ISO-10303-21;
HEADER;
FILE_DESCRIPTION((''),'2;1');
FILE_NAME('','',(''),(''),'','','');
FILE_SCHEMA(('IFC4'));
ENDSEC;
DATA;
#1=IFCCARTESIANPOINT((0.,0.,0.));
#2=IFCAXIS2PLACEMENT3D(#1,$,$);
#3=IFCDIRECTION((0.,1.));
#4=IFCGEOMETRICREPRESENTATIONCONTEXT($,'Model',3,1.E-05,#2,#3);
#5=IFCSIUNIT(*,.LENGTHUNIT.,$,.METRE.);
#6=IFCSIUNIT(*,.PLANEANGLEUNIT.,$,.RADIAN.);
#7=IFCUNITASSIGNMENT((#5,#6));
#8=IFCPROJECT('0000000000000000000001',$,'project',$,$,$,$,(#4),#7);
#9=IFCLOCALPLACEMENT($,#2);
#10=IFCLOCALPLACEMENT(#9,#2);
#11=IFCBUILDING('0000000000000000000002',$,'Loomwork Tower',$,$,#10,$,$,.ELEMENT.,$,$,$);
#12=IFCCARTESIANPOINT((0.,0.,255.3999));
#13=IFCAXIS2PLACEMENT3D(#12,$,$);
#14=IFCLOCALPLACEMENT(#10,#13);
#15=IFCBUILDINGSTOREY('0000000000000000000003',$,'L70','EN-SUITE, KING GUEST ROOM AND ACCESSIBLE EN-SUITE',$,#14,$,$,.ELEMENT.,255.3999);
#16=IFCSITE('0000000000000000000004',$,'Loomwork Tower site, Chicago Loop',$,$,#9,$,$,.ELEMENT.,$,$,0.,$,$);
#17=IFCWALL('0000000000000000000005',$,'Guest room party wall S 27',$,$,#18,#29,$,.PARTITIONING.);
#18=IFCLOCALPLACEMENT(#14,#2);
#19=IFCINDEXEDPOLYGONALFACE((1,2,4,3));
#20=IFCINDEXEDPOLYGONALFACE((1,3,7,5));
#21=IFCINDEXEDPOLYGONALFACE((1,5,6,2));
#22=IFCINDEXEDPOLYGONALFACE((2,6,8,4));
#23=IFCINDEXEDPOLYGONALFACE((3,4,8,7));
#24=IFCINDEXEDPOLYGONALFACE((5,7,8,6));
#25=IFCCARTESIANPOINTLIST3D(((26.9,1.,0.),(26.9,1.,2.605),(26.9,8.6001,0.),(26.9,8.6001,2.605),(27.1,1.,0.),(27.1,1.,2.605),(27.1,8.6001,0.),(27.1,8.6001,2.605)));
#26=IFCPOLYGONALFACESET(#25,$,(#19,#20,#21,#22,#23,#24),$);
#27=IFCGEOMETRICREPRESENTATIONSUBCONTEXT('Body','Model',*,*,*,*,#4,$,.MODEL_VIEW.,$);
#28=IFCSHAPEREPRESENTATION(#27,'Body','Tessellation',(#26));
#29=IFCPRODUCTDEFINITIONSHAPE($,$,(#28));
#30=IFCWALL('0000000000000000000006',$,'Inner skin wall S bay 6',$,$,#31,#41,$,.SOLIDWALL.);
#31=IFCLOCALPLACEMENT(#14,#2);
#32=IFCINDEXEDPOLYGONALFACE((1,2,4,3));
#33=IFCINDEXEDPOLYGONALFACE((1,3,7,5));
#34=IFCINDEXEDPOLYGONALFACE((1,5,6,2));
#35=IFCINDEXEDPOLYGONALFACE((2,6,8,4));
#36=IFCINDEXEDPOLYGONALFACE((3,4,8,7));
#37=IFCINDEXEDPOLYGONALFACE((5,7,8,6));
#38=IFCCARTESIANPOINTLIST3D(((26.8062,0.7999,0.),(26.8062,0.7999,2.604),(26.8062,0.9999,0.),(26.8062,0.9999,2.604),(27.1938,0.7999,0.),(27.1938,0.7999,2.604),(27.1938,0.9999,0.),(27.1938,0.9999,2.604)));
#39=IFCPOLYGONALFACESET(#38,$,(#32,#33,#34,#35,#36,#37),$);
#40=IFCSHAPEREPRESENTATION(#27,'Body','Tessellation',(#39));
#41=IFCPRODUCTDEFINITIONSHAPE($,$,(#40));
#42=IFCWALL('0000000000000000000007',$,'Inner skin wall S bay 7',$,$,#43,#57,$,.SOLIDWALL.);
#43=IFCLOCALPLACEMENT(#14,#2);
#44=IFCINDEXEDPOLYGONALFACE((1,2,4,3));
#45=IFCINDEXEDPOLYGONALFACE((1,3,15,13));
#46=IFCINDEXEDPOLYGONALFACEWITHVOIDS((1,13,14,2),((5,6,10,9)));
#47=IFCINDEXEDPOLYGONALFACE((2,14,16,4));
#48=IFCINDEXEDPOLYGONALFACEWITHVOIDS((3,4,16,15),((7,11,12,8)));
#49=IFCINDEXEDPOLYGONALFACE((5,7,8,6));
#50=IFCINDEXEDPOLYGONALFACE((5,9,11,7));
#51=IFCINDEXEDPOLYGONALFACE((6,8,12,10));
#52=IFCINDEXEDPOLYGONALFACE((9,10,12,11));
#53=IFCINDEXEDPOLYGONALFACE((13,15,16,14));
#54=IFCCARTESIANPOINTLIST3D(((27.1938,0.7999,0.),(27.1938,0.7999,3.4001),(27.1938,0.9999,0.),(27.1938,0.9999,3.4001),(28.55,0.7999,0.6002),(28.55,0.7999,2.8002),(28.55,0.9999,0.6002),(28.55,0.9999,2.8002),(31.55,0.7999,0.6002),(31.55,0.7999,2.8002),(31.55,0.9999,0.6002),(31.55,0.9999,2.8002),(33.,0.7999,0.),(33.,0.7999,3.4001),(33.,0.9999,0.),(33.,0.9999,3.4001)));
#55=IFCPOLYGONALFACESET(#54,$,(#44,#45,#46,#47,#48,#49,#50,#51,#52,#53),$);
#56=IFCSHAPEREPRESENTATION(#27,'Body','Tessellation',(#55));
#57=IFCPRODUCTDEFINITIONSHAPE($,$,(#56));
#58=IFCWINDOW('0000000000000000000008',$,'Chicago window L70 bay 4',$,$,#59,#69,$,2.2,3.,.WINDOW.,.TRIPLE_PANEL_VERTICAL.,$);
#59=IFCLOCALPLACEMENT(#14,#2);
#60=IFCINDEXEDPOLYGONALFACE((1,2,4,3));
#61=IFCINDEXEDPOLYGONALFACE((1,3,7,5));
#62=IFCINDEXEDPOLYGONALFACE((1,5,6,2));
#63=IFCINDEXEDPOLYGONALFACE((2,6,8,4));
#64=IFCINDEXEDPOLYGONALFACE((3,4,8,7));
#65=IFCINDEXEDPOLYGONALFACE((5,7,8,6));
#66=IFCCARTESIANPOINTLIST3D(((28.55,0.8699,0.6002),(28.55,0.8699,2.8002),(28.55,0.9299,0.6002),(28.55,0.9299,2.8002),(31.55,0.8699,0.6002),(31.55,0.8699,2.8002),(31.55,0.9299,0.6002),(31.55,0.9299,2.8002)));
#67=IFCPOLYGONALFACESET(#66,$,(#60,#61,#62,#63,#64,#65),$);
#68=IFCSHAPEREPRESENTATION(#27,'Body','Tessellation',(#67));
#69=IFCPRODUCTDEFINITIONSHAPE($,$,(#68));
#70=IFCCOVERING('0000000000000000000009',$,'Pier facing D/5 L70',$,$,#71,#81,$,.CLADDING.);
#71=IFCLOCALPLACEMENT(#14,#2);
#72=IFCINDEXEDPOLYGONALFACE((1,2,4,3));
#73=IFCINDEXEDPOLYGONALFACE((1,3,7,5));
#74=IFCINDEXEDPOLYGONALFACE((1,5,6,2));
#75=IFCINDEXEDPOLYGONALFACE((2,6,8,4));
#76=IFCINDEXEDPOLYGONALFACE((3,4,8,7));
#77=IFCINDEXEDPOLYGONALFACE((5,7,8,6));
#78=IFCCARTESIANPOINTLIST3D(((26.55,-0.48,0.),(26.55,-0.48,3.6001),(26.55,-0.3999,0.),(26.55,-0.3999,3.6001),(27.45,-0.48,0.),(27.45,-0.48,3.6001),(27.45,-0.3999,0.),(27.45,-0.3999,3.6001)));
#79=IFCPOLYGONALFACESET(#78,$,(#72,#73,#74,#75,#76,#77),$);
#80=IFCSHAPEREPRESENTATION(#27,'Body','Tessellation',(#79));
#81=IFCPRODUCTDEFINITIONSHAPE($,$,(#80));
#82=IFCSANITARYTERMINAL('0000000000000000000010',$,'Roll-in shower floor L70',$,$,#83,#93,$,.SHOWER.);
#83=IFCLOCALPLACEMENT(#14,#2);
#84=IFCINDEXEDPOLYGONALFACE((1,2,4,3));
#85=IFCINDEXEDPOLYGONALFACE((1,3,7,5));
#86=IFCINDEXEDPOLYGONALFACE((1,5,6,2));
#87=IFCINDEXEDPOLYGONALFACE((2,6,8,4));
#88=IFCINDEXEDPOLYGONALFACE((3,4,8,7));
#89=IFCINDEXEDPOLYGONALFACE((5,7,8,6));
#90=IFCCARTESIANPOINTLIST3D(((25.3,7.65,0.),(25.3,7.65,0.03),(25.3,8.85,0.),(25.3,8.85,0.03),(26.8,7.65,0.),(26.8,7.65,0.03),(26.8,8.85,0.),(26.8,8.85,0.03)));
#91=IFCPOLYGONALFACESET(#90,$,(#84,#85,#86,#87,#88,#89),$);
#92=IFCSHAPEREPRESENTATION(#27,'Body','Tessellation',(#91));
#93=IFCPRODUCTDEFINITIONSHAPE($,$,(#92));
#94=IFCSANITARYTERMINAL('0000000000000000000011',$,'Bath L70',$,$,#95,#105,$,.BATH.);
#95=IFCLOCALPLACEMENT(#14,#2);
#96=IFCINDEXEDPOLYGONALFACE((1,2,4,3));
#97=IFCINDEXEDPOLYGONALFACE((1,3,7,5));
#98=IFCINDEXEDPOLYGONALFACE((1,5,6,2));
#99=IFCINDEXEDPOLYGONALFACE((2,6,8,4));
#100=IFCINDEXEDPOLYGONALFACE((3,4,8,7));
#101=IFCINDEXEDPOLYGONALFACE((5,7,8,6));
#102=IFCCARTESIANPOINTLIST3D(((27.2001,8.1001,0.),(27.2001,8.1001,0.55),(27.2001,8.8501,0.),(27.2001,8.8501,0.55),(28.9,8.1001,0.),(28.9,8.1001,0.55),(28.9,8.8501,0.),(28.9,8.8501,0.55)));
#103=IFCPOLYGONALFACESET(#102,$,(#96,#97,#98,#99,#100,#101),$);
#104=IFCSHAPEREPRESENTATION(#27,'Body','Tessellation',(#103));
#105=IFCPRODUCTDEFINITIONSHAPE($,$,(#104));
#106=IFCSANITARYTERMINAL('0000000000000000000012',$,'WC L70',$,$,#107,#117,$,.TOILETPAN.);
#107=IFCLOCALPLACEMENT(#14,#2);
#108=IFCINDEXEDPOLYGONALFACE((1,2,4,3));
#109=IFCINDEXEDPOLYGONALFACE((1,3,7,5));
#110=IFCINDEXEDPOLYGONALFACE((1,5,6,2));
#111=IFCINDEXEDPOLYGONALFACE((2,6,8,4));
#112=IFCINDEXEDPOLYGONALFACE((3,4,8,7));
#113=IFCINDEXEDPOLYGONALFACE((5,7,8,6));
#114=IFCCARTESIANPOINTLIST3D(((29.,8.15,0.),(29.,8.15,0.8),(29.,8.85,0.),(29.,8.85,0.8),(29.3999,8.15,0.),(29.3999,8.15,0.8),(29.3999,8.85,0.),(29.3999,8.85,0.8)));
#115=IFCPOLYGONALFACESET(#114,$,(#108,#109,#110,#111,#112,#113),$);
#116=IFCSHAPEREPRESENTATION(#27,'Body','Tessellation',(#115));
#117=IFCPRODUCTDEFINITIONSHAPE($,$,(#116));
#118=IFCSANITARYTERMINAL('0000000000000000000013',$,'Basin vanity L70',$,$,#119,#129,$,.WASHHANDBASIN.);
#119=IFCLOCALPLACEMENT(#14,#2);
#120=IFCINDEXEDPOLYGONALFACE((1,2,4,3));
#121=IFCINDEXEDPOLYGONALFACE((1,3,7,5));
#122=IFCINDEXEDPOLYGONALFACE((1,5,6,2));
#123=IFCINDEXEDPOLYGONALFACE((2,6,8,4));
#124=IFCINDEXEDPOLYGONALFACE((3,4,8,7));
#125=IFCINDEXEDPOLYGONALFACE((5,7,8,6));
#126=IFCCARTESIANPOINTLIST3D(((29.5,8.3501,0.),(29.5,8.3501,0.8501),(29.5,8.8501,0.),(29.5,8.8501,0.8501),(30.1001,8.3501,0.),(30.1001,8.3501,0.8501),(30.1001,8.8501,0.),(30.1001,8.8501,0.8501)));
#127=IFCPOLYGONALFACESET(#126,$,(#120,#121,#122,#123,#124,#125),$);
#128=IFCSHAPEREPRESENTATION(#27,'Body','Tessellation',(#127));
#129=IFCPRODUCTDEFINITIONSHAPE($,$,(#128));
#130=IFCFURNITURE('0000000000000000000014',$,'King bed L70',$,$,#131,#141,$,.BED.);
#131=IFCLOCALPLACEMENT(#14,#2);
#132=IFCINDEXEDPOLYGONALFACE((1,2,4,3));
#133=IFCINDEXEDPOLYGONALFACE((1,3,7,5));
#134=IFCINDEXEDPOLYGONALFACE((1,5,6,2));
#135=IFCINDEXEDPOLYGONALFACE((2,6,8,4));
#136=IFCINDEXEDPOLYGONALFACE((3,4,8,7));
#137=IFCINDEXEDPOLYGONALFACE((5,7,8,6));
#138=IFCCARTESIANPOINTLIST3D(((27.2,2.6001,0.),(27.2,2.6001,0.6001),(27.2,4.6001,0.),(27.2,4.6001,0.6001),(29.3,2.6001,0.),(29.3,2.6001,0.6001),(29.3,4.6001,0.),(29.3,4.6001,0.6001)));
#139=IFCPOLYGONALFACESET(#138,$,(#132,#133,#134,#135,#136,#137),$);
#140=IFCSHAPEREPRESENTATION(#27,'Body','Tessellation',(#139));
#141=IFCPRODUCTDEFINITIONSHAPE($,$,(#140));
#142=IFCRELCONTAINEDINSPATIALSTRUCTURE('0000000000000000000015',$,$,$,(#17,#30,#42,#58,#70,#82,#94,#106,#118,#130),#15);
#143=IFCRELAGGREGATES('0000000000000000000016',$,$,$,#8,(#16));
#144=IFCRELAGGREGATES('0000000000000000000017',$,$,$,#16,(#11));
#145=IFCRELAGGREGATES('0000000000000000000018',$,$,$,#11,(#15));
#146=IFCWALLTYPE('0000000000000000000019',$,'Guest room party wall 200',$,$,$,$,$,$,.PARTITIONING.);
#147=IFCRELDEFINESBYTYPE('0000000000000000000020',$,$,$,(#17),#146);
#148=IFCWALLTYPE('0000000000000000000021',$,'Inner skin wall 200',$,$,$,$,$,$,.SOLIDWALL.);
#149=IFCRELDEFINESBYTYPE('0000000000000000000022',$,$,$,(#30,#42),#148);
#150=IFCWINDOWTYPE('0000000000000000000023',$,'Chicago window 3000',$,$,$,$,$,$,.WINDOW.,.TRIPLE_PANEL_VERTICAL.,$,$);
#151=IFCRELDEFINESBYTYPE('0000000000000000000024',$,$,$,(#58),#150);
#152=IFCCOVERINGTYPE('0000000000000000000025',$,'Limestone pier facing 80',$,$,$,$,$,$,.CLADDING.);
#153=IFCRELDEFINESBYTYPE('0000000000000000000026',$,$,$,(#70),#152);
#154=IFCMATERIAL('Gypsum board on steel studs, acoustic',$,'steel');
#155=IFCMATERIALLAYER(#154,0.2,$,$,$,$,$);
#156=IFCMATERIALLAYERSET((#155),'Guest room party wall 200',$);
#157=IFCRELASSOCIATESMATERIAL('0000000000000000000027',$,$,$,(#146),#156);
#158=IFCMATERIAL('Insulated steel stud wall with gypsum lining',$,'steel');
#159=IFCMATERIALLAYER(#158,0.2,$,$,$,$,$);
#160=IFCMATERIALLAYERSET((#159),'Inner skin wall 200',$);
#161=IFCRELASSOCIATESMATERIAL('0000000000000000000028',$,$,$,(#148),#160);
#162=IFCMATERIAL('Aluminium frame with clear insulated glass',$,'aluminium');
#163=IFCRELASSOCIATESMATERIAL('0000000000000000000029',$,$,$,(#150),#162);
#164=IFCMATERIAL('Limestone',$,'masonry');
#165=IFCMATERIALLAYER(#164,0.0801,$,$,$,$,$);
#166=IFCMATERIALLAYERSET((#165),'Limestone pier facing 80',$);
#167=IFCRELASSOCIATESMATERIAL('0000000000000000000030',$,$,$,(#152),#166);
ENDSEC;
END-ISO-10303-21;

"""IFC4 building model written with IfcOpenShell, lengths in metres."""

from ifc_helpers import new_model, si_unit, direction, frame, frame_2d, origin, origin_2d, place, context, subcontext, project, spatial, rectangle, extrude, material, layer, layer_set, type_object, element, fill, save


model = new_model("IFC4")

# Units and contexts
model_context = context("Model", 3, precision=1e-05, world=origin(), true_north=direction((0.0, 1.0)))
body_context = subcontext(model_context, "Body", "Model", "MODEL_VIEW")
ifc_project = project(units=[si_unit("LENGTHUNIT", "METRE"), si_unit("PLANEANGLEUNIT", "RADIAN")], contexts=[model_context])

# Site, building, storey
site_placement = place(None, origin())
site = spatial("IfcSite", under=ifc_project, at=site_placement, Name="Loomwork Tower site, Chicago Loop", CompositionType="ELEMENT", RefElevation=0.0)
building_placement = place(site_placement, origin())
building = spatial("IfcBuilding", under=site, at=building_placement, Name="Loomwork Tower", CompositionType="ELEMENT")
storey_placement = place(building_placement, frame((0.0, 0.0, 255.3999)))
storey = spatial("IfcBuildingStorey", under=building, at=storey_placement, Name="L70", Description="EN-SUITE, KING GUEST ROOM AND ACCESSIBLE EN-SUITE", CompositionType="ELEMENT", Elevation=255.3999)

# Walls
ifc_material_1 = material(Name="Gypsum board on steel studs, acoustic", Category="steel")
ifc_layer_1 = layer(ifc_material_1, 0.2)
ifc_layer_set_1 = layer_set([ifc_layer_1], Name="Guest room party wall 200")
wall_type_1 = type_object("IfcWallType", Name="Guest room party wall 200", PredefinedType="PARTITIONING", material=ifc_layer_set_1)
wall_1_placement = place(storey_placement, frame((27.0, 8.6001, 0.0), z_axis=(0.0, 0.0, 1.0), x_axis=(0.0, -1.0, 0.0)))
element("IfcWall", 1, at=wall_1_placement, inside=storey, type_object=wall_type_1, Name="Guest room party wall S 27", PredefinedType="PARTITIONING", context=body_context, shape_type="SweptSolid", body=[
    extrude(rectangle(XDim=7.6001, YDim=0.2, at=frame_2d((3.8, 0.0))), origin(), (0.0, 0.0, 1.0), 2.605),
])
ifc_material_2 = material(Name="Insulated steel stud wall with gypsum lining", Category="steel")
ifc_layer_2 = layer(ifc_material_2, 0.2)
ifc_layer_set_2 = layer_set([ifc_layer_2], Name="Inner skin wall 200")
wall_type_2 = type_object("IfcWallType", Name="Inner skin wall 200", PredefinedType="SOLIDWALL", material=ifc_layer_set_2)
wall_2_placement = place(storey_placement, frame((26.8062, 0.8999, 0.0), z_axis=(0.0, 0.0, 1.0), x_axis=(1.0, 0.0, 0.0)))
element("IfcWall", 2, at=wall_2_placement, inside=storey, type_object=wall_type_2, Name="Inner skin wall S bay 6", PredefinedType="SOLIDWALL", context=body_context, shape_type="SweptSolid", body=[
    extrude(rectangle(XDim=0.3877, YDim=0.2, at=frame_2d((0.1938, 0.0))), origin(), (0.0, 0.0, 1.0), 2.604),
])

# Wall, opening, window
wall_3_placement = place(storey_placement, frame((27.1938, 0.8999, 0.0), z_axis=(0.0, 0.0, 1.0), x_axis=(1.0, 0.0, 0.0)))
wall_3 = element("IfcWall", 3, at=wall_3_placement, inside=storey, type_object=wall_type_2, Name="Inner skin wall S bay 7", PredefinedType="SOLIDWALL", context=body_context, shape_type="SweptSolid", body=[
    extrude(rectangle(XDim=5.8062, YDim=0.2, at=frame_2d((2.9031, 0.0))), origin(), (0.0, 0.0, 1.0), 3.4001),
])
opening_placement = place(wall_3_placement, frame((1.3562, 0.0, 0.6001)))
opening = element("IfcOpeningElement", 4, at=opening_placement, cuts=wall_3, PredefinedType="OPENING", context=body_context, shape_type="SweptSolid", body=[
    extrude(rectangle(XDim=3.0, YDim=2.2, at=frame_2d((1.5, 1.1001))), frame((0.0, 0.1099, 0.0), z_axis=(0.0, -1.0, 0.0), x_axis=(1.0, 0.0, 0.0)), (0.0, 0.0, 1.0), 0.22),
])
ifc_material_3 = material(Name="Aluminium frame with clear insulated glass", Category="aluminium")
window_type = type_object("IfcWindowType", Name="Chicago window 3000", PartitioningType="TRIPLE_PANEL_VERTICAL", PredefinedType="WINDOW", material=ifc_material_3)
window_placement = place(opening_placement, origin())
window = element("IfcWindow", 5, at=window_placement, inside=storey, type_object=window_type, Name="Chicago window L70 bay 4", OverallHeight=2.2, OverallWidth=3.0, PartitioningType="TRIPLE_PANEL_VERTICAL", PredefinedType="WINDOW", context=body_context, shape_type="SweptSolid", body=[
    extrude(rectangle(XDim=3.0, YDim=2.2, at=frame_2d((1.5, 1.1001))), frame((0.0, 0.03, 0.0), z_axis=(0.0, -1.0, 0.0), x_axis=(1.0, 0.0, 0.0)), (0.0, 0.0, 1.0), 0.0601),
])
fill(opening, window)

# Covering
ifc_material_4 = material(Name="Limestone", Category="masonry")
ifc_layer_3 = layer(ifc_material_4, 0.0801)
ifc_layer_set_3 = layer_set([ifc_layer_3], Name="Limestone pier facing 80")
covering_type = type_object("IfcCoveringType", Name="Limestone pier facing 80", PredefinedType="CLADDING", material=ifc_layer_set_3)
covering_placement = place(storey_placement, frame((27.0, -0.4399, 0.0), z_axis=(0.0, 0.0, 1.0), x_axis=(1.0, 0.0, 0.0)))
element("IfcCovering", 6, at=covering_placement, inside=storey, type_object=covering_type, Name="Pier facing D/5 L70", PredefinedType="CLADDING", context=body_context, shape_type="SweptSolid", body=[
    extrude(rectangle(XDim=0.8999, YDim=0.0801, at=origin_2d()), origin(), (0.0, 0.0, 1.0), 3.6001),
])

# Sanitary terminals
sanitary_terminal_1_placement = place(storey_placement, frame((26.05, 8.25, 0.0), z_axis=(0.0, 0.0, 1.0), x_axis=(1.0, 0.0, 0.0)))
element("IfcSanitaryTerminal", 7, at=sanitary_terminal_1_placement, inside=storey, Name="Roll-in shower floor L70", PredefinedType="SHOWER", context=body_context, shape_type="SweptSolid", body=[
    extrude(rectangle(XDim=1.5, YDim=1.2, at=origin_2d()), origin(), (0.0, 0.0, 1.0), 0.03),
])
sanitary_terminal_2_placement = place(storey_placement, frame((28.05, 8.4751, 0.0), z_axis=(0.0, 0.0, 1.0), x_axis=(1.0, 0.0, 0.0)))
element("IfcSanitaryTerminal", 8, at=sanitary_terminal_2_placement, inside=storey, Name="Bath L70", PredefinedType="BATH", context=body_context, shape_type="SweptSolid", body=[
    extrude(rectangle(XDim=1.7, YDim=0.75, at=origin_2d()), origin(), (0.0, 0.0, 1.0), 0.55),
])
sanitary_terminal_3_placement = place(storey_placement, frame((29.2, 8.5, 0.0), z_axis=(0.0, 0.0, 1.0), x_axis=(1.0, 0.0, 0.0)))
element("IfcSanitaryTerminal", 9, at=sanitary_terminal_3_placement, inside=storey, Name="WC L70", PredefinedType="TOILETPAN", context=body_context, shape_type="SweptSolid", body=[
    extrude(rectangle(XDim=0.3999, YDim=0.7, at=origin_2d()), origin(), (0.0, 0.0, 1.0), 0.8),
])
sanitary_terminal_4_placement = place(storey_placement, frame((29.8, 8.6001, 0.0), z_axis=(0.0, 0.0, 1.0), x_axis=(1.0, 0.0, 0.0)))
element("IfcSanitaryTerminal", 10, at=sanitary_terminal_4_placement, inside=storey, Name="Basin vanity L70", PredefinedType="WASHHANDBASIN", context=body_context, shape_type="SweptSolid", body=[
    extrude(rectangle(XDim=0.6001, YDim=0.5, at=origin_2d()), origin(), (0.0, 0.0, 1.0), 0.8501),
])

# Furniture
furniture_placement = place(storey_placement, frame((28.25, 3.6001, 0.0), z_axis=(0.0, 0.0, 1.0), x_axis=(1.0, 0.0, 0.0)))
element("IfcFurniture", 11, at=furniture_placement, inside=storey, Name="King bed L70", PredefinedType="BED", context=body_context, shape_type="SweptSolid", body=[
    extrude(rectangle(XDim=2.1001, YDim=2.0, at=origin_2d()), origin(), (0.0, 0.0, 1.0), 0.6001),
])

save(model, "model.ifc")
